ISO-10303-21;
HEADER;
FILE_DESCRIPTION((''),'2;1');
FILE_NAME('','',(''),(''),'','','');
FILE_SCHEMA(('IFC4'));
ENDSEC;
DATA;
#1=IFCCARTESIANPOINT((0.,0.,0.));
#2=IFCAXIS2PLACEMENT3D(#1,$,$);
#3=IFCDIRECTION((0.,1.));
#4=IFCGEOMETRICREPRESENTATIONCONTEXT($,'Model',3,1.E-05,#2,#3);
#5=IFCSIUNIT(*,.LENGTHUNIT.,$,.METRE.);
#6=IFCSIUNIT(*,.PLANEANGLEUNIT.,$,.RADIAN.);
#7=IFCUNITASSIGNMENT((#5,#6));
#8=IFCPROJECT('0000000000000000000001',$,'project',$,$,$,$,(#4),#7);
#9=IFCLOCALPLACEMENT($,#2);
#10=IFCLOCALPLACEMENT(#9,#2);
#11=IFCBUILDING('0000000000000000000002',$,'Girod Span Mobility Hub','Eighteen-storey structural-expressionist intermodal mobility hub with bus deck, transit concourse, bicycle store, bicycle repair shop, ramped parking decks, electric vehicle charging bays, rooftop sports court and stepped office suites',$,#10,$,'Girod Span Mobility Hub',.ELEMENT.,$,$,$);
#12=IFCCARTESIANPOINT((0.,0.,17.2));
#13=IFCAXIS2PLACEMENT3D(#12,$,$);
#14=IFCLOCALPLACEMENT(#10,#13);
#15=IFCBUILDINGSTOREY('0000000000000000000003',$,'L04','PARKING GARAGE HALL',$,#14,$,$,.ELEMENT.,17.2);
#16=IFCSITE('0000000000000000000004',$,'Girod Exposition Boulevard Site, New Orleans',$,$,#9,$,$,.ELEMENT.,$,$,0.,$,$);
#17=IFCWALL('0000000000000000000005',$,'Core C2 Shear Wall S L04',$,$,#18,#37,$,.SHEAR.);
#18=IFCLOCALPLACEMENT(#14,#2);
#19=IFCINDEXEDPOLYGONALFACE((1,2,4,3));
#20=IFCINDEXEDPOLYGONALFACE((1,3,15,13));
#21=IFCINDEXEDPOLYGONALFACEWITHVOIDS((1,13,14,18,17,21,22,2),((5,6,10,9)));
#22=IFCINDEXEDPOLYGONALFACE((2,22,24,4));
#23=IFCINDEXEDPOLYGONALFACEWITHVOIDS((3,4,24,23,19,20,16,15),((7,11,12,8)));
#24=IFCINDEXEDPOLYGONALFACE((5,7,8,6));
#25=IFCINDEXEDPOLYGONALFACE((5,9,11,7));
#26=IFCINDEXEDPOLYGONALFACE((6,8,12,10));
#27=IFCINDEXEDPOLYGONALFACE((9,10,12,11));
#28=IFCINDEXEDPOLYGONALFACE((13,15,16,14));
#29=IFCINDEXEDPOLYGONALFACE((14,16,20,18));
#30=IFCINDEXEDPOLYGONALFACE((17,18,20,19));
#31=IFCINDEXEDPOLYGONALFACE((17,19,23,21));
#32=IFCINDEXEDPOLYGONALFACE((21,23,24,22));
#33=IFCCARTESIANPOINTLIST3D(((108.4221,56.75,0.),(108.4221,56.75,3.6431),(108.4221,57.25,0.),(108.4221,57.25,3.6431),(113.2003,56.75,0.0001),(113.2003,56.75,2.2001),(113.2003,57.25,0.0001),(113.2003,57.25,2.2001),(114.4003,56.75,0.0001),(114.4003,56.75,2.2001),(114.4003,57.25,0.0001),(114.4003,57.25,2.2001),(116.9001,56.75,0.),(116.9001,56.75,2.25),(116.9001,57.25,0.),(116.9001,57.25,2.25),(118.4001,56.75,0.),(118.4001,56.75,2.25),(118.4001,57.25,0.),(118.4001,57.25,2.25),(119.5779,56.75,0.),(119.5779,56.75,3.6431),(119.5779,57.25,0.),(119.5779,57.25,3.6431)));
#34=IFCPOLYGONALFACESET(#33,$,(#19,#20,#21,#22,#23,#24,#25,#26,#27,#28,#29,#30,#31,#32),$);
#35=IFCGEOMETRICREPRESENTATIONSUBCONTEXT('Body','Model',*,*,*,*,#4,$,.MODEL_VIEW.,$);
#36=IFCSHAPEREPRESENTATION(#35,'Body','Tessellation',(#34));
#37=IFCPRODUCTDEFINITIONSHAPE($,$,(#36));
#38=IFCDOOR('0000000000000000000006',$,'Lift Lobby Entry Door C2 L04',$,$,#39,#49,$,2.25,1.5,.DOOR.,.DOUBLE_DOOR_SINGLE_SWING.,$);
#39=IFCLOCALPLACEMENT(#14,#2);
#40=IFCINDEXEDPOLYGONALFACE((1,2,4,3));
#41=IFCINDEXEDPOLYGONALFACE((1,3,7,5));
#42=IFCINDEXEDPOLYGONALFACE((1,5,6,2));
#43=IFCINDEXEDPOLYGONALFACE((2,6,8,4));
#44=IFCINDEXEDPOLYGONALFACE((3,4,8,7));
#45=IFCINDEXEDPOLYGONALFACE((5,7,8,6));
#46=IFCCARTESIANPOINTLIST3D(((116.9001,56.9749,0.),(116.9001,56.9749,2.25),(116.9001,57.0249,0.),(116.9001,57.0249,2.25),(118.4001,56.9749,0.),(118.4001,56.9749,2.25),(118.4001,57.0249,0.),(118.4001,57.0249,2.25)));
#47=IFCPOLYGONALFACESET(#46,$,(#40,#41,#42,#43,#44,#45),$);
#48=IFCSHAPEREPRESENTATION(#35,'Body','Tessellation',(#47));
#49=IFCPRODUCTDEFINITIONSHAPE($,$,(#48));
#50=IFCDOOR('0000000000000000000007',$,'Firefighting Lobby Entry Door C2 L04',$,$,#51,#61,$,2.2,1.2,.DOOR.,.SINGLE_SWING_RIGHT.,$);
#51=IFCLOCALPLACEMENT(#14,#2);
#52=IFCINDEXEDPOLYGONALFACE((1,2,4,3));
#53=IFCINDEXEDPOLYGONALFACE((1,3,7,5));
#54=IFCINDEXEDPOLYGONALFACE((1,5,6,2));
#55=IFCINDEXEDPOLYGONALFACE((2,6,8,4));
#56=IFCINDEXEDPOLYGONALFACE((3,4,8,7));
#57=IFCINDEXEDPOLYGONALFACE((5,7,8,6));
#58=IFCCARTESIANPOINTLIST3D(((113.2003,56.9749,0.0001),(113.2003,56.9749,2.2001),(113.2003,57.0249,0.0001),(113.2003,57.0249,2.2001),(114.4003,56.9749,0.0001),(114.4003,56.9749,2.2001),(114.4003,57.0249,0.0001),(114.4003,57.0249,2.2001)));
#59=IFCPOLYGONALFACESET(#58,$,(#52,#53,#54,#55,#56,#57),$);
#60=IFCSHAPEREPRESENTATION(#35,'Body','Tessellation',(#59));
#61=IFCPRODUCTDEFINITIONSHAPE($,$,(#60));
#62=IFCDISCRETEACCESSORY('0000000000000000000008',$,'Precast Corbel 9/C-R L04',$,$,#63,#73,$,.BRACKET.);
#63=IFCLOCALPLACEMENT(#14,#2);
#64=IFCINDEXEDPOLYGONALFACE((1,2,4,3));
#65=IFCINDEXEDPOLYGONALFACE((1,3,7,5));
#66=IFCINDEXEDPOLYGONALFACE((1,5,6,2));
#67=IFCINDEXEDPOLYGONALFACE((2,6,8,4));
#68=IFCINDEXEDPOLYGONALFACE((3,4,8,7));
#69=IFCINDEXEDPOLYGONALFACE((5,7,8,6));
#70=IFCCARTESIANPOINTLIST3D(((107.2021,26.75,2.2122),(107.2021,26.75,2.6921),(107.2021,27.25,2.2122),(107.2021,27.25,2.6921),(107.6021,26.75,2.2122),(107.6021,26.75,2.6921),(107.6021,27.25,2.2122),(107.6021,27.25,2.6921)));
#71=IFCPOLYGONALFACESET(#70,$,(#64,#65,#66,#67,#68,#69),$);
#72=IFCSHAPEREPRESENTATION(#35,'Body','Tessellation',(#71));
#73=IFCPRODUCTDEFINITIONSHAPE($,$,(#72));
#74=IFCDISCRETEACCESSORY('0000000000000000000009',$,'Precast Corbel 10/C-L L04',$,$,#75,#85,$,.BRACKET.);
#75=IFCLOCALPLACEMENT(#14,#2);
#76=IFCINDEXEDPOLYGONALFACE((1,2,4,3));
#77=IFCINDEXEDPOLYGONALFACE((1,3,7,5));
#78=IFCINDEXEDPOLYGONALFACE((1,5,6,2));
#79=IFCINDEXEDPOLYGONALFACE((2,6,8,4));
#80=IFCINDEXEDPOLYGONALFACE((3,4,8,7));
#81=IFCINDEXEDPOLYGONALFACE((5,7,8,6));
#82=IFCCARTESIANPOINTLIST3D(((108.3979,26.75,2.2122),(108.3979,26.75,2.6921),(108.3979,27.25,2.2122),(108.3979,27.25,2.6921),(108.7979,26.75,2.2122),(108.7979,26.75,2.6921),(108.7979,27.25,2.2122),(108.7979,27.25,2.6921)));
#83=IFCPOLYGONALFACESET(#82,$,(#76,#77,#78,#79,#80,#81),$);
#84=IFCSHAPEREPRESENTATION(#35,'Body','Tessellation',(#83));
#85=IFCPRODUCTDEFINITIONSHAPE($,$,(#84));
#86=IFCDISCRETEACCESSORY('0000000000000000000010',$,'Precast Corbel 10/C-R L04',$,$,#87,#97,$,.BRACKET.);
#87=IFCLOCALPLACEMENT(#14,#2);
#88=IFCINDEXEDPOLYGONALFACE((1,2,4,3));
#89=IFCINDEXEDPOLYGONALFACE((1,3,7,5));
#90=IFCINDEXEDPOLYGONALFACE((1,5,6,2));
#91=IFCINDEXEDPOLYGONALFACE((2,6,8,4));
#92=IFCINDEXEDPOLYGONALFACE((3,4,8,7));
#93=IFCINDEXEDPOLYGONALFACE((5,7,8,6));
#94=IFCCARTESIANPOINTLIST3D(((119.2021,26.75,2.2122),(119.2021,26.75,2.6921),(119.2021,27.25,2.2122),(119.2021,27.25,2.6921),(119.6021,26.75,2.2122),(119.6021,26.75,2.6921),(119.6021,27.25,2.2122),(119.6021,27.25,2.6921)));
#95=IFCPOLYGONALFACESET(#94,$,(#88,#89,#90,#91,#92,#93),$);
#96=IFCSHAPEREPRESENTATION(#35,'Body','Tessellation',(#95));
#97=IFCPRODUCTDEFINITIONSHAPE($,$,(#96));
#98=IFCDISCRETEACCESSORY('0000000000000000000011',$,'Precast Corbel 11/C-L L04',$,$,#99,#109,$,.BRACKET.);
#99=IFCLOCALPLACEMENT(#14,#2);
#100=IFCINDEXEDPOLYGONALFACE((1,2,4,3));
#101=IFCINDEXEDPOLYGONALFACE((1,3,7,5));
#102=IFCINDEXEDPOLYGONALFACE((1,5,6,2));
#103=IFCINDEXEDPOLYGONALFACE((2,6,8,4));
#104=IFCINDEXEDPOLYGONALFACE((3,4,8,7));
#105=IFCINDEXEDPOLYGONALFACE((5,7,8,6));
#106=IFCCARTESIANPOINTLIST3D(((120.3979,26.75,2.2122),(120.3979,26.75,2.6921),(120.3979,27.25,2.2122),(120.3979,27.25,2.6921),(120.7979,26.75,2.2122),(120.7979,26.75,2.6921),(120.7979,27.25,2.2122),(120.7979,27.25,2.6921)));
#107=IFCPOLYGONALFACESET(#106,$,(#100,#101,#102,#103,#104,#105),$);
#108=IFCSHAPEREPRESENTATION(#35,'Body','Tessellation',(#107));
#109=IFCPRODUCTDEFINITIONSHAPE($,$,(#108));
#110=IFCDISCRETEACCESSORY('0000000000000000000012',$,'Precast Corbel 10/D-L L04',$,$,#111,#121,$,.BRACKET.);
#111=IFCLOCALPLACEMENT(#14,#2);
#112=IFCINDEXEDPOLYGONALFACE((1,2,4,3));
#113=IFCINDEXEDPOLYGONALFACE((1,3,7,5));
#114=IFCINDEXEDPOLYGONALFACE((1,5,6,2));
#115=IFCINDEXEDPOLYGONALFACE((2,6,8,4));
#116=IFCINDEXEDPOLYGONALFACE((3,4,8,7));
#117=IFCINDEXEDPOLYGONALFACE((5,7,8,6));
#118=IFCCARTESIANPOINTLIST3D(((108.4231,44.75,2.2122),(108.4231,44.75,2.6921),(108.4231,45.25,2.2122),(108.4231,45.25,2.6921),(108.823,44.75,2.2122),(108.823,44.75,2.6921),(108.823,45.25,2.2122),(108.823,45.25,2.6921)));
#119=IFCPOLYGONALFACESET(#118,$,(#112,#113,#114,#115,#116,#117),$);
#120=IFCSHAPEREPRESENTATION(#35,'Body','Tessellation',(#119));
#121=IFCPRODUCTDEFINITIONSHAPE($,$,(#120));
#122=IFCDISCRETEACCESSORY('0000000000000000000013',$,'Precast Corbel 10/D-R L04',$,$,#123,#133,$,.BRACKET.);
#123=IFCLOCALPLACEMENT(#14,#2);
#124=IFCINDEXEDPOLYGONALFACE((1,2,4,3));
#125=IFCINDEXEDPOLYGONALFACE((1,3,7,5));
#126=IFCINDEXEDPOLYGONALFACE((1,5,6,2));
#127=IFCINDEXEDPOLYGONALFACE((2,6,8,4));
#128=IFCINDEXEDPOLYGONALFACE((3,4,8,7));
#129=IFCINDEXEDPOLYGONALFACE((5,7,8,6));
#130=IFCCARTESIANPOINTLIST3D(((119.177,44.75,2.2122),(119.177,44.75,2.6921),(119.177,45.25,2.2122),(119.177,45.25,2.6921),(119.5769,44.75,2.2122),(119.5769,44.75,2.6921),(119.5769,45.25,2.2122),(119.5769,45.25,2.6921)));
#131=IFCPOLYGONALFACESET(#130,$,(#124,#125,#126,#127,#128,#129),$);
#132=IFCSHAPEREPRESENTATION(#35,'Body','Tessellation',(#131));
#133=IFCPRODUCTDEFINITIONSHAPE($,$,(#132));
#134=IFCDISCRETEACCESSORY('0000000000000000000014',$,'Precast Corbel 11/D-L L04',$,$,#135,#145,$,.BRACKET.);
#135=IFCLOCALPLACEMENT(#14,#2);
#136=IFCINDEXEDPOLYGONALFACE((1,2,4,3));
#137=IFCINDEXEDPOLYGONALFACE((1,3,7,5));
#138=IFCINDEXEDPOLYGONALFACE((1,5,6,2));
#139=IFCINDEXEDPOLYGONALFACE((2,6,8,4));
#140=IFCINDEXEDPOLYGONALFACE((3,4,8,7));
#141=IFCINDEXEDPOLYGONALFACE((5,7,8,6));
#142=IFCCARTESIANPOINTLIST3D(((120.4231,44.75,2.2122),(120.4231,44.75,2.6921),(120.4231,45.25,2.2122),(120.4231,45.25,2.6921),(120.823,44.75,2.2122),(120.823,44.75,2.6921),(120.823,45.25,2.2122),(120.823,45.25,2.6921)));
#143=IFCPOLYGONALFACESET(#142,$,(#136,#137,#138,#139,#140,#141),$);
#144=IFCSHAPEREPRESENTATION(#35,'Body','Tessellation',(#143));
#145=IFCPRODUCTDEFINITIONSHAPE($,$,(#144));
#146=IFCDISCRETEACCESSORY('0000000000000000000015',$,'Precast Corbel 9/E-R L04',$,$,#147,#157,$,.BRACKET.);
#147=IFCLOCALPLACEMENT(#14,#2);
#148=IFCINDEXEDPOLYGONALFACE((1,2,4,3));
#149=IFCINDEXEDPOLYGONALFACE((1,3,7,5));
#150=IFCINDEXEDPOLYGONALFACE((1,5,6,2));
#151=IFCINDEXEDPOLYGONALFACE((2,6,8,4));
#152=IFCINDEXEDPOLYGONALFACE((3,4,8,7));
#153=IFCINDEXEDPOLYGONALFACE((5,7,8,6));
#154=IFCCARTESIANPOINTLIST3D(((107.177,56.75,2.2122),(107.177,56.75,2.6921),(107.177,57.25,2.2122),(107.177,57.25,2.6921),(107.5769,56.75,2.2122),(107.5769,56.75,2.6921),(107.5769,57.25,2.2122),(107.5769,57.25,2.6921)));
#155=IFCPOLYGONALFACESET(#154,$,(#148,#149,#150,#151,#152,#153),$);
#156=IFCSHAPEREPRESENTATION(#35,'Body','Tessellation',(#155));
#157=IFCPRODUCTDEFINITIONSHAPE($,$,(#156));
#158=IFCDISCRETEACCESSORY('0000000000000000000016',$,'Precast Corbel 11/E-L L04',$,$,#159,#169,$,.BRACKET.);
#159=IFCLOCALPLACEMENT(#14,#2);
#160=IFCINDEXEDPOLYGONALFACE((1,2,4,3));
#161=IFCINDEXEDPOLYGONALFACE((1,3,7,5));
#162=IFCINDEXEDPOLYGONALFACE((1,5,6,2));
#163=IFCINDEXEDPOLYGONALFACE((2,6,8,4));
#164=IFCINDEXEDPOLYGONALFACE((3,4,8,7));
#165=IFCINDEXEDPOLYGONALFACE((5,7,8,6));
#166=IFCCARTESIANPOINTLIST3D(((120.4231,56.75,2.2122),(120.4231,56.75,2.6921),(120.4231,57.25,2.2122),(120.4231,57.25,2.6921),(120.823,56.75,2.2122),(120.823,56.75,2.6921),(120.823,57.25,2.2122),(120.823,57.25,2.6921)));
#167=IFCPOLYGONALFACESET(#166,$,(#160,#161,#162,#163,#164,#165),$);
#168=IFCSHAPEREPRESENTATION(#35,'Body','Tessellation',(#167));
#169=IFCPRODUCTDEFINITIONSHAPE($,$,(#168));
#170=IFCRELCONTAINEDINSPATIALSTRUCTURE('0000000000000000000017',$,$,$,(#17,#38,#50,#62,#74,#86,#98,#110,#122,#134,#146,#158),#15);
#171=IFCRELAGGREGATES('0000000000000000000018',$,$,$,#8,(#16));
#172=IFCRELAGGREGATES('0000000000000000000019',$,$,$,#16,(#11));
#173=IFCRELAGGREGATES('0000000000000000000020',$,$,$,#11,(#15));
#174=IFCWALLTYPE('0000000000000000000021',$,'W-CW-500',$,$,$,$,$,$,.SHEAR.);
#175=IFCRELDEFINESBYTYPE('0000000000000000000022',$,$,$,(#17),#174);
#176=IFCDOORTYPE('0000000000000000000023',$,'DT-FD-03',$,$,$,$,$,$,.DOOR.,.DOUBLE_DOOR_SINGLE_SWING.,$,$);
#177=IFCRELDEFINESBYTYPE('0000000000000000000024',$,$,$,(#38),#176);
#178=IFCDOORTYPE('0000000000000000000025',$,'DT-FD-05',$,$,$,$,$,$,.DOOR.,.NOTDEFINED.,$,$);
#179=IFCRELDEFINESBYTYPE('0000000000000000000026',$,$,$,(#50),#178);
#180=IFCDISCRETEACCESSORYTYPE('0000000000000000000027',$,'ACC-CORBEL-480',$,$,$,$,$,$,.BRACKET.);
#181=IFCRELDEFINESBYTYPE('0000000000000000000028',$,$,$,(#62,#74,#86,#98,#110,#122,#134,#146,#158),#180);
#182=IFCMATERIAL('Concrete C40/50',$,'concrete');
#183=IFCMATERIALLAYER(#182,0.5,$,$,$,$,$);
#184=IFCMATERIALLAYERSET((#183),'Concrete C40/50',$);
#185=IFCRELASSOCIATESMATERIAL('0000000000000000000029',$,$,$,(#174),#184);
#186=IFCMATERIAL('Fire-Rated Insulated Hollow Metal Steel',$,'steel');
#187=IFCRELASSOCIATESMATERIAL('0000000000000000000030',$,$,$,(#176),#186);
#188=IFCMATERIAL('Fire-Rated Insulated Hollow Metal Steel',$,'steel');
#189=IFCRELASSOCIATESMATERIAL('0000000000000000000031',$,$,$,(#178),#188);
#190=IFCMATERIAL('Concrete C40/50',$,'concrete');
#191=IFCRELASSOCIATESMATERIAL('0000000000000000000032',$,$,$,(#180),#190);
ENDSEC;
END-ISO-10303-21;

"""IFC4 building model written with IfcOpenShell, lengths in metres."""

from ifc_helpers import new_model, si_unit, direction, frame, frame_2d, origin, origin_2d, place, context, subcontext, project, spatial, rectangle, extrude, material, layer, layer_set, type_object, element, fill, save


model = new_model("IFC4")

# Units and contexts
model_context = context("Model", 3, precision=1e-05, world=origin(), true_north=direction((0.0, 1.0)))
body_context = subcontext(model_context, "Body", "Model", "MODEL_VIEW")
ifc_project = project(units=[si_unit("LENGTHUNIT", "METRE"), si_unit("PLANEANGLEUNIT", "RADIAN")], contexts=[model_context])

# Site, building, storey
site_placement = place(None, origin())
site = spatial("IfcSite", under=ifc_project, at=site_placement, Name="Girod Exposition Boulevard Site, New Orleans", CompositionType="ELEMENT", RefElevation=0.0)
building_placement = place(site_placement, origin())
building = spatial("IfcBuilding", under=site, at=building_placement, Name="Girod Span Mobility Hub", Description="Eighteen-storey structural-expressionist intermodal mobility hub with bus deck, transit concourse, bicycle store, bicycle repair shop, ramped parking decks, electric vehicle charging bays, rooftop sports court and stepped office suites", LongName="Girod Span Mobility Hub", CompositionType="ELEMENT")
storey_placement = place(building_placement, frame((0.0, 0.0, 17.2)))
storey = spatial("IfcBuildingStorey", under=building, at=storey_placement, Name="L04", Description="PARKING GARAGE HALL", CompositionType="ELEMENT", Elevation=17.2)

# Wall, openings, doors
ifc_material_1 = material(Name="Concrete C40/50", Category="concrete")
ifc_layer = layer(ifc_material_1, 0.5)
ifc_layer_set = layer_set([ifc_layer], Name="Concrete C40/50")
wall_type = type_object("IfcWallType", Name="W-CW-500", PredefinedType="SHEAR", material=ifc_layer_set)
wall_placement = place(storey_placement, frame((108.4221, 57.0, 0.0), z_axis=(0.0, 0.0, 1.0), x_axis=(1.0, 0.0, 0.0)))
wall = element("IfcWall", 1, at=wall_placement, inside=storey, type_object=wall_type, Name="Core C2 Shear Wall S L04", PredefinedType="SHEAR", context=body_context, shape_type="SweptSolid", body=[
    extrude(rectangle(XDim=11.1558, YDim=0.5, at=frame_2d((5.5779, 0.0))), origin(), (0.0, 0.0, 1.0), 3.6431),
])
opening_1_placement = place(wall_placement, frame((4.7781, 0.0, 0.0)))
opening_1 = element("IfcOpeningElement", 2, at=opening_1_placement, cuts=wall, PredefinedType="OPENING", context=body_context, shape_type="SweptSolid", body=[
    extrude(rectangle(XDim=1.2, YDim=2.2, at=frame_2d((0.6001, 1.1001))), frame((0.0, 0.2649, 0.0), z_axis=(0.0, -1.0, 0.0), x_axis=(1.0, 0.0, 0.0)), (0.0, 0.0, 1.0), 0.53),
])
opening_2_placement = place(wall_placement, frame((8.478, 0.0, 0.0)))
opening_2 = element("IfcOpeningElement", 3, at=opening_2_placement, cuts=wall, PredefinedType="OPENING", context=body_context, shape_type="SweptSolid", body=[
    extrude(rectangle(XDim=1.5, YDim=2.25, at=frame_2d((0.75, 1.125))), frame((0.0, 0.2649, 0.0), z_axis=(0.0, -1.0, 0.0), x_axis=(1.0, 0.0, 0.0)), (0.0, 0.0, 1.0), 0.53),
])
ifc_material_2 = material(Name="Fire-Rated Insulated Hollow Metal Steel", Category="steel")
door_type_1 = type_object("IfcDoorType", Name="DT-FD-03", OperationType="DOUBLE_DOOR_SINGLE_SWING", PredefinedType="DOOR", material=ifc_material_2)
door_1_placement = place(opening_2_placement, origin())
door_1 = element("IfcDoor", 4, at=door_1_placement, inside=storey, type_object=door_type_1, Name="Lift Lobby Entry Door C2 L04", OperationType="DOUBLE_DOOR_SINGLE_SWING", OverallHeight=2.25, OverallWidth=1.5, PredefinedType="DOOR", context=body_context, shape_type="SweptSolid", body=[
    extrude(rectangle(XDim=1.5, YDim=2.25, at=frame_2d((0.75, 1.125))), frame((0.0, 0.0249, 0.0), z_axis=(0.0, -1.0, 0.0), x_axis=(1.0, 0.0, 0.0)), (0.0, 0.0, 1.0), 0.05),
])
fill(opening_2, door_1)
ifc_material_3 = material(Name="Fire-Rated Insulated Hollow Metal Steel", Category="steel")
door_type_2 = type_object("IfcDoorType", Name="DT-FD-05", OperationType="NOTDEFINED", PredefinedType="DOOR", material=ifc_material_3)
door_2_placement = place(opening_1_placement, origin())
door_2 = element("IfcDoor", 5, at=door_2_placement, inside=storey, type_object=door_type_2, Name="Firefighting Lobby Entry Door C2 L04", OperationType="SINGLE_SWING_RIGHT", OverallHeight=2.2, OverallWidth=1.2, PredefinedType="DOOR", context=body_context, shape_type="SweptSolid", body=[
    extrude(rectangle(XDim=1.2, YDim=2.2, at=frame_2d((0.6001, 1.1001))), frame((0.0, 0.0249, 0.0), z_axis=(0.0, -1.0, 0.0), x_axis=(1.0, 0.0, 0.0)), (0.0, 0.0, 1.0), 0.05),
])
fill(opening_1, door_2)

# Discrete accessories
ifc_material_4 = material(Name="Concrete C40/50", Category="concrete")
discrete_accessory_type = type_object("IfcDiscreteAccessoryType", Name="ACC-CORBEL-480", PredefinedType="BRACKET", material=ifc_material_4)
for number, where, z_axis, x_axis, name in (
    (6, (107.4021, 27.0, 2.2122), (0.0, 0.0, 1.0), (1.0, 0.0, 0.0), "Precast Corbel 9/C-R L04"),
    (7, (108.5979, 27.0, 2.2122), (0.0, 0.0, 1.0), (1.0, 0.0, 0.0), "Precast Corbel 10/C-L L04"),
    (8, (119.4021, 27.0, 2.2122), (0.0, 0.0, 1.0), (1.0, 0.0, 0.0), "Precast Corbel 10/C-R L04"),
    (9, (120.5979, 27.0, 2.2122), (0.0, 0.0, 1.0), (1.0, 0.0, 0.0), "Precast Corbel 11/C-L L04"),
    (10, (108.623, 45.0, 2.2122), (0.0, 0.0, 1.0), (1.0, 0.0, 0.0), "Precast Corbel 10/D-L L04"),
    (11, (119.377, 45.0, 2.2122), (0.0, 0.0, 1.0), (1.0, 0.0, 0.0), "Precast Corbel 10/D-R L04"),
    (12, (120.623, 45.0, 2.2122), (0.0, 0.0, 1.0), (1.0, 0.0, 0.0), "Precast Corbel 11/D-L L04"),
    (13, (107.377, 57.0, 2.2122), (0.0, 0.0, 1.0), (1.0, 0.0, 0.0), "Precast Corbel 9/E-R L04"),
    (14, (120.623, 57.0, 2.2122), (0.0, 0.0, 1.0), (1.0, 0.0, 0.0), "Precast Corbel 11/E-L L04"),
):
    element("IfcDiscreteAccessory", number, at=place(storey_placement, frame(where, z_axis=z_axis, x_axis=x_axis)), inside=storey, type_object=discrete_accessory_type, Name=name, PredefinedType="BRACKET", context=body_context, shape_type="SweptSolid", body=[
        extrude(rectangle(XDim=0.3999, YDim=0.5, at=origin_2d()), origin(), (0.0, 0.0, 1.0), 0.48),
    ])

save(model, "model.ifc")
